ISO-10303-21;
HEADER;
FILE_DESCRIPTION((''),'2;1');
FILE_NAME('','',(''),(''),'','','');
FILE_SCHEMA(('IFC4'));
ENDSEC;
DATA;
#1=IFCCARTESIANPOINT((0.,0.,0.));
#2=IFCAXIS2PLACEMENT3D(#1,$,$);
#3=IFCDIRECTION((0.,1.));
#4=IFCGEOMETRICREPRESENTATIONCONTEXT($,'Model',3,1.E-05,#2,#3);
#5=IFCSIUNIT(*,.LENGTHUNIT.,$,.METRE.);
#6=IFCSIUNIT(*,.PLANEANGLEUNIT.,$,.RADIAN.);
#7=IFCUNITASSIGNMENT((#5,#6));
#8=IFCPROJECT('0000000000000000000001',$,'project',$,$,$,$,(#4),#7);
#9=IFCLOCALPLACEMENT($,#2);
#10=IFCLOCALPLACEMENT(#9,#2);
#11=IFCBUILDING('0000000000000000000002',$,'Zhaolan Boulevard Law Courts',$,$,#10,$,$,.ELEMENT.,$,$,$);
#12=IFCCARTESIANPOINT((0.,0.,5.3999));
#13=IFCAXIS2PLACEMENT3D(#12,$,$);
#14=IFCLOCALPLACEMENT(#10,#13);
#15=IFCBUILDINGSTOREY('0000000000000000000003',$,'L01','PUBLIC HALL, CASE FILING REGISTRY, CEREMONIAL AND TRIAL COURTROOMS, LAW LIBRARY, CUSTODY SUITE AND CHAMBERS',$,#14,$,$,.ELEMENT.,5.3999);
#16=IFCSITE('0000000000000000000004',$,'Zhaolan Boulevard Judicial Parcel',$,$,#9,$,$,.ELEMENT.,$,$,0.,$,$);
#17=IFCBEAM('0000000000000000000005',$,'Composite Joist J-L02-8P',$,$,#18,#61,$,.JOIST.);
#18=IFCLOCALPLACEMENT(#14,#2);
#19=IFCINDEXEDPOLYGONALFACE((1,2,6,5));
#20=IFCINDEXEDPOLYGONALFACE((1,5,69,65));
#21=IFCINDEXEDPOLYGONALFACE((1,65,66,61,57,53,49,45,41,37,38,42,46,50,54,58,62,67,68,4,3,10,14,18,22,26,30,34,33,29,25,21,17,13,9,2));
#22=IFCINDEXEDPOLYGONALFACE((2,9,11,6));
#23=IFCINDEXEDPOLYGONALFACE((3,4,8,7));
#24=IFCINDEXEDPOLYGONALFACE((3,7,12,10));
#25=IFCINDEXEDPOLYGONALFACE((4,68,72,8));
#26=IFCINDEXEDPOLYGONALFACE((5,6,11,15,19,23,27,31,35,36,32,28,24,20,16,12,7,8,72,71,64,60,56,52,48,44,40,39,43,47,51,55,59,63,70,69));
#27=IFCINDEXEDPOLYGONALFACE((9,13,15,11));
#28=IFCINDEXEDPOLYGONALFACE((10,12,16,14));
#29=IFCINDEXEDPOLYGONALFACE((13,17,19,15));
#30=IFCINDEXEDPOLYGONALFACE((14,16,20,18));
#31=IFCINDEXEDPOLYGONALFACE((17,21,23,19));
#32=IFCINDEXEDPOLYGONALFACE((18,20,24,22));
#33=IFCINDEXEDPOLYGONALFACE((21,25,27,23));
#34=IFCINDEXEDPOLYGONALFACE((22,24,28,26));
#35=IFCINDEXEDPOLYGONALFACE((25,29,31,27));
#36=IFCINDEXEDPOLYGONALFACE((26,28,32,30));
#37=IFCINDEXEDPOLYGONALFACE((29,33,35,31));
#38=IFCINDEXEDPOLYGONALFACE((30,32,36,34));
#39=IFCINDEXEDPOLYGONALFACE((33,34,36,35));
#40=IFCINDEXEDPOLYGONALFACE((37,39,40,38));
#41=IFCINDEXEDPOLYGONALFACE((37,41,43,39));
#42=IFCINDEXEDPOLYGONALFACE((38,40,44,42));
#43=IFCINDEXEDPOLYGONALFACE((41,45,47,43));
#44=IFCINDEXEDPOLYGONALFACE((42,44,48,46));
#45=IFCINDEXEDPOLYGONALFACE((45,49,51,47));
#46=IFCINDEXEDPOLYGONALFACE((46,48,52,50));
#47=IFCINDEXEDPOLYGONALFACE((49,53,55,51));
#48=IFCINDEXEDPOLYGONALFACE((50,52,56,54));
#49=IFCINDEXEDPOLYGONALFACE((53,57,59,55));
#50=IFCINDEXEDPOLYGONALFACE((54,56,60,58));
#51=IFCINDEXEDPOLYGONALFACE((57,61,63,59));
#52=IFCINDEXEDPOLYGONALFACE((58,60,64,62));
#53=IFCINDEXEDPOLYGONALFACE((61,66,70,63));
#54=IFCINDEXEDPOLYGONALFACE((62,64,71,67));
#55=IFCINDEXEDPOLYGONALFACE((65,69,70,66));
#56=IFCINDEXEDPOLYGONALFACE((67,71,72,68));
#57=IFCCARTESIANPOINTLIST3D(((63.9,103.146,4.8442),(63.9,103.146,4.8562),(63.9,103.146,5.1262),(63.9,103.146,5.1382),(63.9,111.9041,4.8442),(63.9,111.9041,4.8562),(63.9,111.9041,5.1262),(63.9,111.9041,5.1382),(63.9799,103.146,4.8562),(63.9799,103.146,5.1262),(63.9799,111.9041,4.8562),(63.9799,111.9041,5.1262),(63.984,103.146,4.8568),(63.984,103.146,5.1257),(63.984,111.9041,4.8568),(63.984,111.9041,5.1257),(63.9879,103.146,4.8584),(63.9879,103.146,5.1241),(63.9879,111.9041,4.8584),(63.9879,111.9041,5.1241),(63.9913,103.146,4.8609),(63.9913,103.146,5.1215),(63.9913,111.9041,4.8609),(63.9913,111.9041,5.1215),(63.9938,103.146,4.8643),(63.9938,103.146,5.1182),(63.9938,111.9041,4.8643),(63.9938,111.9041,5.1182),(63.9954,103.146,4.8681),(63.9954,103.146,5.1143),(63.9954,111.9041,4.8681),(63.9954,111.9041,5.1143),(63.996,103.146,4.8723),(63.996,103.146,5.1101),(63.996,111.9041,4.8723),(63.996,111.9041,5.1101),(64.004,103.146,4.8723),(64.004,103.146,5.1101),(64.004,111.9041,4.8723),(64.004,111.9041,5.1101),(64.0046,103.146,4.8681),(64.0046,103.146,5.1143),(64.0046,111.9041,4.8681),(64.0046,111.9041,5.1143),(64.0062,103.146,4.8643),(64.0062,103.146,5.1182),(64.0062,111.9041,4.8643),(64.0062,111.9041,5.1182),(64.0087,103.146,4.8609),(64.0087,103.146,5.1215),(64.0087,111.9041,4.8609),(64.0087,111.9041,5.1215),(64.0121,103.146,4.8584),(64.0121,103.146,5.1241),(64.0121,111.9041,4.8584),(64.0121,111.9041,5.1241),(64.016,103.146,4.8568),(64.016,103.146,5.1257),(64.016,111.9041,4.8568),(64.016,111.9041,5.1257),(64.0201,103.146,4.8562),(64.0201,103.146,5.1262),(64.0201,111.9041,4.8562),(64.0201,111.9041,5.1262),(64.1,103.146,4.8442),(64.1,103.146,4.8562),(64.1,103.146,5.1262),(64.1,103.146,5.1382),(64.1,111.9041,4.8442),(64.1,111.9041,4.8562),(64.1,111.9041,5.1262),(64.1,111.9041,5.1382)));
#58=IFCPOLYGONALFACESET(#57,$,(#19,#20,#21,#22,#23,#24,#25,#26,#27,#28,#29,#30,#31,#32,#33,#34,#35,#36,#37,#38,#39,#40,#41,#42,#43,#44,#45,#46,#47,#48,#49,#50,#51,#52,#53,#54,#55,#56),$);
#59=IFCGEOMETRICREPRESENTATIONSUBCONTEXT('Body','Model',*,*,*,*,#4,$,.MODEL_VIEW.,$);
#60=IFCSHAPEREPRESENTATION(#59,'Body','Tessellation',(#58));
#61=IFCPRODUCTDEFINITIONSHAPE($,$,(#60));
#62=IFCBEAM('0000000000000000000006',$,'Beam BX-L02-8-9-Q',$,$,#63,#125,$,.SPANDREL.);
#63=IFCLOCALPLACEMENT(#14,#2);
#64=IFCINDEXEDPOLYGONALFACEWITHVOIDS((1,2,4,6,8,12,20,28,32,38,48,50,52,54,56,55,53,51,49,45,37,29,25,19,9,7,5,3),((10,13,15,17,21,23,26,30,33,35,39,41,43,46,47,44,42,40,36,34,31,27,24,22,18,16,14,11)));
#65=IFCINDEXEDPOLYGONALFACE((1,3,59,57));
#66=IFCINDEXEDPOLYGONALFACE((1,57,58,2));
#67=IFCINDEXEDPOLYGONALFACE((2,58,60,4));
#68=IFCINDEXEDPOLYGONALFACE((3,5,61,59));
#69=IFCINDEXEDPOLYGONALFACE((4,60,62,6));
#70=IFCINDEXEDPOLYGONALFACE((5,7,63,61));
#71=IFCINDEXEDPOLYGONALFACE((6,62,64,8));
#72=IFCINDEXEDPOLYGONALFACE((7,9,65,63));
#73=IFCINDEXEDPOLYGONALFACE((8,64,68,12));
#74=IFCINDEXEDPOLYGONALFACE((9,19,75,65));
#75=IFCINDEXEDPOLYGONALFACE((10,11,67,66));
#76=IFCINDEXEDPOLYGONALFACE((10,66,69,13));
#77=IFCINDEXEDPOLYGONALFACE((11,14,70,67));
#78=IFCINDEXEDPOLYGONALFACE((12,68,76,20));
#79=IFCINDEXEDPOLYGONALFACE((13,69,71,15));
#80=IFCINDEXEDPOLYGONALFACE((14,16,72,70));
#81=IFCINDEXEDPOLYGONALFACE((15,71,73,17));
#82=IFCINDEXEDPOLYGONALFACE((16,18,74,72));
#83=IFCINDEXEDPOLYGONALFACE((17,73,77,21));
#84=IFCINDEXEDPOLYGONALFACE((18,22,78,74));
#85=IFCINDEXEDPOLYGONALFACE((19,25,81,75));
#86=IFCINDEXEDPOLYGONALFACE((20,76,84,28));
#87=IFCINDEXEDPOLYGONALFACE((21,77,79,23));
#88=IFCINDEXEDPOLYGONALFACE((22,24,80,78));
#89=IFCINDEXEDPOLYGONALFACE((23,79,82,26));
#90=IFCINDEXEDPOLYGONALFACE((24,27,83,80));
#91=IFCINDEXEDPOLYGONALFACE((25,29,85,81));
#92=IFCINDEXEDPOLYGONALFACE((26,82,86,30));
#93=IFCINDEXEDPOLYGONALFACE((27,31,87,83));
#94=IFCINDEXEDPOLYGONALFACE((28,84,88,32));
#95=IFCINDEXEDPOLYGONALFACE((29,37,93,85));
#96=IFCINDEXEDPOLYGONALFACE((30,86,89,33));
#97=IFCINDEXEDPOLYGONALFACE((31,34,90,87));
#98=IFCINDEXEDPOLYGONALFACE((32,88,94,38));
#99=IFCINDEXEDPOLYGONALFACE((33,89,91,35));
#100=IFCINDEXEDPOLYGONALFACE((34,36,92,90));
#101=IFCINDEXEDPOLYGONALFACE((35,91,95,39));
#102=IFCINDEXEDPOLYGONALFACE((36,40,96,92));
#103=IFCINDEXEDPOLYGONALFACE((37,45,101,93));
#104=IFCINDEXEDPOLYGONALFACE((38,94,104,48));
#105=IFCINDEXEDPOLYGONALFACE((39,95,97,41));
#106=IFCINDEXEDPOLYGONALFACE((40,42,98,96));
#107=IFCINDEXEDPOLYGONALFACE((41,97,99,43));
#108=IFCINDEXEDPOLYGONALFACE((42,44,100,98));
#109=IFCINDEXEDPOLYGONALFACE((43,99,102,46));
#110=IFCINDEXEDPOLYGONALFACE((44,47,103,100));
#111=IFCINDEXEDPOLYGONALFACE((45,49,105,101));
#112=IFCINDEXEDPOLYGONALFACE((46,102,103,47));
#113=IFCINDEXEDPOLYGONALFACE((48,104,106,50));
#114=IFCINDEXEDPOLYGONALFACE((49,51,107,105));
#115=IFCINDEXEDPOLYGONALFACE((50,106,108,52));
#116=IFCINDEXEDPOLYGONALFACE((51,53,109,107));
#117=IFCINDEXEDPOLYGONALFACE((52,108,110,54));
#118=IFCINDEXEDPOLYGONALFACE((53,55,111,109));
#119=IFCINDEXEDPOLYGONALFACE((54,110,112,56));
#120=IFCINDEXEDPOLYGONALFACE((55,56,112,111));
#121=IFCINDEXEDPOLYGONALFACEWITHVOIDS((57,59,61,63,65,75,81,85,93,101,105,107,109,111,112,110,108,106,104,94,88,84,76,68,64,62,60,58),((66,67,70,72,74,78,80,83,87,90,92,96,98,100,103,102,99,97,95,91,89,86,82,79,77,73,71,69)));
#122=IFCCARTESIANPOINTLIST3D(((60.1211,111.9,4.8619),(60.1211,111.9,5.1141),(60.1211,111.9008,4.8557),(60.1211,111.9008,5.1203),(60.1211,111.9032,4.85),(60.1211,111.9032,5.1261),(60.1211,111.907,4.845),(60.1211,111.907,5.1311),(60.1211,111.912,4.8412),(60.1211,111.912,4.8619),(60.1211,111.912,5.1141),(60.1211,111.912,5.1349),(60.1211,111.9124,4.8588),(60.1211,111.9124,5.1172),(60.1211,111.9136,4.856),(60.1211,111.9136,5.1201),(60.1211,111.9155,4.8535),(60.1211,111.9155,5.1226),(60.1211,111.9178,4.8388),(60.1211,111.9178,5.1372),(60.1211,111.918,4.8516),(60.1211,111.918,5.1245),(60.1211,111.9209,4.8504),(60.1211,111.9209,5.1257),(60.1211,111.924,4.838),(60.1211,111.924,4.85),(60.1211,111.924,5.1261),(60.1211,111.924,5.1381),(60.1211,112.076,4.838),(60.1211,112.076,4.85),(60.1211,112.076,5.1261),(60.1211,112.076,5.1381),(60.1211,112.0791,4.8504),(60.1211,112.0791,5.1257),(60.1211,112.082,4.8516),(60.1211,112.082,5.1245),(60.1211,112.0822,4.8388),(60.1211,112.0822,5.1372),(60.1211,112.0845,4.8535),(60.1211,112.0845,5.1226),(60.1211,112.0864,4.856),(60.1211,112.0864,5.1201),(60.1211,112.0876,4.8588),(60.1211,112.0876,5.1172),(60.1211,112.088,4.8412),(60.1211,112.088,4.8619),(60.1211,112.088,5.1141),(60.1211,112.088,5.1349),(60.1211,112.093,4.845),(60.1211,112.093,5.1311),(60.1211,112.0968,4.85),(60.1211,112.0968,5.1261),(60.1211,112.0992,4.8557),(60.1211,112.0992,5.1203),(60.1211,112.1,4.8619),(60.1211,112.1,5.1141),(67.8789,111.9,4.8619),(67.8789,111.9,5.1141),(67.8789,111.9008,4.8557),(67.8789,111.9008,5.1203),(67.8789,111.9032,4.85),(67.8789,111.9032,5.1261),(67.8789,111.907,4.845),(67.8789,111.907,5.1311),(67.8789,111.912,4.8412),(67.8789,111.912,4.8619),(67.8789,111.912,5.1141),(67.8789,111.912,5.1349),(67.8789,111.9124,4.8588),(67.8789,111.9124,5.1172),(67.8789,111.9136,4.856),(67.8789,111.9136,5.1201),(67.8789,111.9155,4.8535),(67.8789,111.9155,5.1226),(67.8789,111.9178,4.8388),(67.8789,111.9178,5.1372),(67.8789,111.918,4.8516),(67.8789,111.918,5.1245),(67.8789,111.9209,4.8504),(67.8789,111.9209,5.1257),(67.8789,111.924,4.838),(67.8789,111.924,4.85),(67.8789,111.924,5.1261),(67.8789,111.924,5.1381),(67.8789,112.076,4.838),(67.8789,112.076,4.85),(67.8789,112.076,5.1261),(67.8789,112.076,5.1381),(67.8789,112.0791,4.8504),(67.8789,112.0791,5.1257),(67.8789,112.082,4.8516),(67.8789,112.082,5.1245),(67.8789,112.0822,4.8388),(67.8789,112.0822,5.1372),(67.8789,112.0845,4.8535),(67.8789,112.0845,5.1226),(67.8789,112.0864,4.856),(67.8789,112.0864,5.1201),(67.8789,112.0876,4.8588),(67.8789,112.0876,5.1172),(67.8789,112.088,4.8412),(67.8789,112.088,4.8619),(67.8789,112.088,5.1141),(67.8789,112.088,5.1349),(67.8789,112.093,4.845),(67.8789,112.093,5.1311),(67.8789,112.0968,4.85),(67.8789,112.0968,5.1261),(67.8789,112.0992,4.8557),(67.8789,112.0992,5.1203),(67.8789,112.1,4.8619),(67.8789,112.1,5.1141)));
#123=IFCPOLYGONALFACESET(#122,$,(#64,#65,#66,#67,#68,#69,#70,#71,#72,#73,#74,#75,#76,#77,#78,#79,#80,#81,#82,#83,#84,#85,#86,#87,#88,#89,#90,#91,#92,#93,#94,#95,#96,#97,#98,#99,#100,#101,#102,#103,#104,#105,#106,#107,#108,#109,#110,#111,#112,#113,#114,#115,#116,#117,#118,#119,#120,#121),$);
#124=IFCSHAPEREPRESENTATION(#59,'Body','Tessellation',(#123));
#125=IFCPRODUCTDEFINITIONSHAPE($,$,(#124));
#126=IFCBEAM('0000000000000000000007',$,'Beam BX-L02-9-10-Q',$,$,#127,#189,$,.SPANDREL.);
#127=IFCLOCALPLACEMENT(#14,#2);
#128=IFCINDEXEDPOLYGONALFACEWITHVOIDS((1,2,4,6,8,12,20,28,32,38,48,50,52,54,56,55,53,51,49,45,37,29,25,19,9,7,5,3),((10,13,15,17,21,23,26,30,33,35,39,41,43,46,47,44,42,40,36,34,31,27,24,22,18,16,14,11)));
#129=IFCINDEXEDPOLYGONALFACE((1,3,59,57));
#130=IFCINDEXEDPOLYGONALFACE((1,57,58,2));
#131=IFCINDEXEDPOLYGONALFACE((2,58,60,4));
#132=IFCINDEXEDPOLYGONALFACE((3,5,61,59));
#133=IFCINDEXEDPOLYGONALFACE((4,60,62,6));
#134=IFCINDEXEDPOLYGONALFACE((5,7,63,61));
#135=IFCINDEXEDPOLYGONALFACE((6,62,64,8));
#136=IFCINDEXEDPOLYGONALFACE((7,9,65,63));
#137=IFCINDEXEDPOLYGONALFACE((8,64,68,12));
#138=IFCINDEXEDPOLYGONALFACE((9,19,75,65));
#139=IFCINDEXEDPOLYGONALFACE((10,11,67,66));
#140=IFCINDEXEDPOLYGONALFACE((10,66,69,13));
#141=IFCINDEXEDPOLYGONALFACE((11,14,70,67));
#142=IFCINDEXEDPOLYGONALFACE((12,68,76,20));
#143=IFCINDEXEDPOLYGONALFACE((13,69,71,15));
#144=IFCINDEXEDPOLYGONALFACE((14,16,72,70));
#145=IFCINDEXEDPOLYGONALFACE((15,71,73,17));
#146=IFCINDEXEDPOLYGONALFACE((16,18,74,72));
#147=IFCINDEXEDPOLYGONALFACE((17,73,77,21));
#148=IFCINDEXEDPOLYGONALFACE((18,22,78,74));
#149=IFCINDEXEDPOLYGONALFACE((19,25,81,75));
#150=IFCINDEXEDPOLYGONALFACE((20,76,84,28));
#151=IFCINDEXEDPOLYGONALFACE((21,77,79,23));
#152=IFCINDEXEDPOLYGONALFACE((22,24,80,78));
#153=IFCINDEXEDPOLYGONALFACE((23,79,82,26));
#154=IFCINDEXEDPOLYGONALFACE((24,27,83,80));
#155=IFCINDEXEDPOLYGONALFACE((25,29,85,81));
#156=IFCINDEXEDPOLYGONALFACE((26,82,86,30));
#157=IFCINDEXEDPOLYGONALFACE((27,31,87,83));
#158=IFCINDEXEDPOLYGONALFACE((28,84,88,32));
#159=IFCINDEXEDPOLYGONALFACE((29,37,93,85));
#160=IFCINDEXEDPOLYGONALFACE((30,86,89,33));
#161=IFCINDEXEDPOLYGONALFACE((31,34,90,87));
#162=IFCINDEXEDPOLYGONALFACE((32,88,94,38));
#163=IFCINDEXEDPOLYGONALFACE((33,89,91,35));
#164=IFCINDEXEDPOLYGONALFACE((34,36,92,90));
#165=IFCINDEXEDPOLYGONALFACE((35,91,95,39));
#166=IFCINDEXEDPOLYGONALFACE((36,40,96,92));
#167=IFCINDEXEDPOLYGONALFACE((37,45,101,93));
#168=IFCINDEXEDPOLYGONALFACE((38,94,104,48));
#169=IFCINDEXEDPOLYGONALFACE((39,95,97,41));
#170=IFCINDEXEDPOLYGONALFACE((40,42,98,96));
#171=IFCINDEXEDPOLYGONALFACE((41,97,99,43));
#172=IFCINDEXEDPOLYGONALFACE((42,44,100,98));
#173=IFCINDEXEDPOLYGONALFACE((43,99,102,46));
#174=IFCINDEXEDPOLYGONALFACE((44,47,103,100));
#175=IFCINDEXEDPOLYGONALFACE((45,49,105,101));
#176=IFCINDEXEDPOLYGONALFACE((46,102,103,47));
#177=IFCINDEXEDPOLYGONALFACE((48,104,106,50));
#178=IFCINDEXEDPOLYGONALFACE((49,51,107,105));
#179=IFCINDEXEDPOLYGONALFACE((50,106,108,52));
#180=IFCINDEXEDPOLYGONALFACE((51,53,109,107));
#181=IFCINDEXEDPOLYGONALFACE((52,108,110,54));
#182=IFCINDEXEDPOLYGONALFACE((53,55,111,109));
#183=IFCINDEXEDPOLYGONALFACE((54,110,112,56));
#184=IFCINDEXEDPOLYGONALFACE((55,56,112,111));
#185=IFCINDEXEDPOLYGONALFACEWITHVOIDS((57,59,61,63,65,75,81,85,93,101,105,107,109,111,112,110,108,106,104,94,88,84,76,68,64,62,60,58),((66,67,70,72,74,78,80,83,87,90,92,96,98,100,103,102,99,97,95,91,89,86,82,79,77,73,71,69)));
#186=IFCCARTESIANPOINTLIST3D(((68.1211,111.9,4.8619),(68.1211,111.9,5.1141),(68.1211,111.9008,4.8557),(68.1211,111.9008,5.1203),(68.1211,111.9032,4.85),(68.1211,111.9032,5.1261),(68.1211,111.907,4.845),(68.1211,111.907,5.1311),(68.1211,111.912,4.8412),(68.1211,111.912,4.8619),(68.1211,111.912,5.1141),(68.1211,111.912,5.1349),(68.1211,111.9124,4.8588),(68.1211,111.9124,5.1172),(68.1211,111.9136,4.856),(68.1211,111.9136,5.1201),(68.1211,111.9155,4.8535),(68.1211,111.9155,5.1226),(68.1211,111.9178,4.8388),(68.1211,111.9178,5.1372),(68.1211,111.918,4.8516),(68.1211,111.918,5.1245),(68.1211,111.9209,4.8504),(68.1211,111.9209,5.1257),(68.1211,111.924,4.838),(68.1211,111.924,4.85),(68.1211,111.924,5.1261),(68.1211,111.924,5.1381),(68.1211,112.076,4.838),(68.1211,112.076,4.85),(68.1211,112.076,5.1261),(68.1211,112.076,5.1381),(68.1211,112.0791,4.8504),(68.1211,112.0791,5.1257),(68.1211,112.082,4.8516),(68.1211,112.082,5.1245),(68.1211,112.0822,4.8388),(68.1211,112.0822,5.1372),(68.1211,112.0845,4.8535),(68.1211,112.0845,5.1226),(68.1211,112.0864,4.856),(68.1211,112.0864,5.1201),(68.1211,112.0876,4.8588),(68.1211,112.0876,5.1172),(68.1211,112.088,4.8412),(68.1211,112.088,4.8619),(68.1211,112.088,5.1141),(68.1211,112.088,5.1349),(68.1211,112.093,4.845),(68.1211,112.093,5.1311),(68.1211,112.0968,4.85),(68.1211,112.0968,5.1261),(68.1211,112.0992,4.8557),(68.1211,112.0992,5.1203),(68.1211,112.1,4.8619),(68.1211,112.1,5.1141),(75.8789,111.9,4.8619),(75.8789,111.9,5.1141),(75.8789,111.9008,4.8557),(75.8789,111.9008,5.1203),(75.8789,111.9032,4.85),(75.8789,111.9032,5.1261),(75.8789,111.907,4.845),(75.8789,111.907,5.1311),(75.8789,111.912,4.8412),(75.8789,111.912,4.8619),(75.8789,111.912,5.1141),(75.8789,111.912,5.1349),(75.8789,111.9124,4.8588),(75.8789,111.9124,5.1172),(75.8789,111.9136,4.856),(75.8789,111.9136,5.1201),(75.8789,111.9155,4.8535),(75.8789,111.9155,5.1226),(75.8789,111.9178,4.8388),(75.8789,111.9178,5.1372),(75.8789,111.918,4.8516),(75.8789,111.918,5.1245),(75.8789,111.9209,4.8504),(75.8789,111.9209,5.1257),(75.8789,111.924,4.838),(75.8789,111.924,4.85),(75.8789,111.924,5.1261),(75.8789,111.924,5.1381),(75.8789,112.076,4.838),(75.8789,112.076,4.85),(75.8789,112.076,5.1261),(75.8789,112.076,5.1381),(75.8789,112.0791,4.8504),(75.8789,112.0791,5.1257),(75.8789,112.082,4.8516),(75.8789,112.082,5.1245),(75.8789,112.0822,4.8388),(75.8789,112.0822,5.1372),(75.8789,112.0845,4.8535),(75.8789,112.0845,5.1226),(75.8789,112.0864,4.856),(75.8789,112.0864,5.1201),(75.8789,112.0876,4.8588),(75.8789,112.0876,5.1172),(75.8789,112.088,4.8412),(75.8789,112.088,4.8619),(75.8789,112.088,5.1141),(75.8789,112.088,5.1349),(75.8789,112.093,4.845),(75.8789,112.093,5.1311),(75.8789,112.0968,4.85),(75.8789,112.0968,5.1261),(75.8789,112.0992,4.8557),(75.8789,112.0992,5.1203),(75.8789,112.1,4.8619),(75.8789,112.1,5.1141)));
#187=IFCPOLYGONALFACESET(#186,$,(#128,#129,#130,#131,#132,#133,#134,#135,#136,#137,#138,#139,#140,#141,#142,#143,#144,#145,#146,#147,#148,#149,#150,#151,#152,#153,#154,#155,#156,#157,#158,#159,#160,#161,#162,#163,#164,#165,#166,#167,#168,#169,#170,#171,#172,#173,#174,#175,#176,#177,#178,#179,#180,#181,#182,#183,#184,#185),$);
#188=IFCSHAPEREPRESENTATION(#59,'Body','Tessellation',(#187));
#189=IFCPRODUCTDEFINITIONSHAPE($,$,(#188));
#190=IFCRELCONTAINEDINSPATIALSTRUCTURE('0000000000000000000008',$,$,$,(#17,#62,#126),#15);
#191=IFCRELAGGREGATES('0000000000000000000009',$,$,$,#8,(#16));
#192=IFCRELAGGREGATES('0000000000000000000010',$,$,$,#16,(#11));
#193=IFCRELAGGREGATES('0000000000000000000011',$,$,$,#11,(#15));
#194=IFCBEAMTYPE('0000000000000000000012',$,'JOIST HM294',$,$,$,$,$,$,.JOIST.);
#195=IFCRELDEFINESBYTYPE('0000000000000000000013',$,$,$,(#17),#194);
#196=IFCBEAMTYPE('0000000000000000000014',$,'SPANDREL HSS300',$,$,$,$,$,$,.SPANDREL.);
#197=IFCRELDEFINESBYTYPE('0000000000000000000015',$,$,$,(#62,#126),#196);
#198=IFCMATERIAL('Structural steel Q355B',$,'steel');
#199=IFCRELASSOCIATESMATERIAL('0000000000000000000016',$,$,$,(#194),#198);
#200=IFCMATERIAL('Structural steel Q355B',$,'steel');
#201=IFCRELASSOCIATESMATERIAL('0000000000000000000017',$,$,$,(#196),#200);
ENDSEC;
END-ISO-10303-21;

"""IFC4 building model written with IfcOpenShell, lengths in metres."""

from ifc_helpers import new_model, si_unit, direction, frame, origin, origin_2d, place, context, subcontext, project, spatial, hollow_rectangle, i_section, extrude, material, material_profile, profile_set, type_object, element, save


model = new_model("IFC4")

# Units and contexts
model_context = context("Model", 3, precision=1e-05, world=origin(), true_north=direction((0.0, 1.0)))
body_context = subcontext(model_context, "Body", "Model", "MODEL_VIEW")
ifc_project = project(units=[si_unit("LENGTHUNIT", "METRE"), si_unit("PLANEANGLEUNIT", "RADIAN")], contexts=[model_context])

# Site, building, storey
site_placement = place(None, origin())
site = spatial("IfcSite", under=ifc_project, at=site_placement, Name="Zhaolan Boulevard Judicial Parcel", CompositionType="ELEMENT", RefElevation=0.0)
building_placement = place(site_placement, origin())
building = spatial("IfcBuilding", under=site, at=building_placement, Name="Zhaolan Boulevard Law Courts", CompositionType="ELEMENT")
storey_placement = place(building_placement, frame((0.0, 0.0, 5.3999)))
storey = spatial("IfcBuildingStorey", under=building, at=storey_placement, Name="L01", Description="PUBLIC HALL, CASE FILING REGISTRY, CEREMONIAL AND TRIAL COURTROOMS, LAW LIBRARY, CUSTODY SUITE AND CHAMBERS", CompositionType="ELEMENT", Elevation=5.3999)

# Beams
ifc_material_1 = material(Name="Structural steel Q355B", Category="steel")
ifc_material_profile_1 = material_profile(ifc_material_1, i_section(OverallWidth=0.2, OverallDepth=0.2939, WebThickness=0.0081, FlangeThickness=0.012, FilletRadius=0.0161, at=origin_2d()), Name="HM294x200")
ifc_profile_set_1 = profile_set([ifc_material_profile_1], Name="Structural steel Q355B")
beam_type_1 = type_object("IfcBeamType", Name="JOIST HM294", PredefinedType="JOIST", material=ifc_profile_set_1)
beam_1_placement = place(storey_placement, frame((64.0, 103.146, 4.9912), z_axis=(0.0, 1.0, 0.0), x_axis=(-1.0, 0.0, 0.0)))
element("IfcBeam", 1, at=beam_1_placement, inside=storey, type_object=beam_type_1, Name="Composite Joist J-L02-8P", PredefinedType="JOIST", context=body_context, shape_type="SweptSolid", body=[
    extrude(i_section(OverallWidth=0.2, OverallDepth=0.2939, WebThickness=0.0081, FlangeThickness=0.012, FilletRadius=0.0161, at=origin_2d()), origin(), (0.0, 0.0, 1.0), 8.7581),
])
ifc_material_2 = material(Name="Structural steel Q355B", Category="steel")
ifc_material_profile_2 = material_profile(ifc_material_2, hollow_rectangle(XDim=0.2, YDim=0.3, WallThickness=0.012, InnerFilletRadius=0.012, OuterFilletRadius=0.0239, at=origin_2d()), Name="HSS300x200x12")
ifc_profile_set_2 = profile_set([ifc_material_profile_2], Name="Structural steel Q355B")
beam_type_2 = type_object("IfcBeamType", Name="SPANDREL HSS300", PredefinedType="SPANDREL", material=ifc_profile_set_2)
for number, where, z_axis, x_axis, name in (
    (2, (60.1211, 112.0, 4.988), (1.0, 0.0, 0.0), (0.0, 1.0, 0.0), "Beam BX-L02-8-9-Q"),
    (3, (68.1211, 112.0, 4.988), (1.0, 0.0, 0.0), (0.0, 1.0, 0.0), "Beam BX-L02-9-10-Q"),
):
    element("IfcBeam", number, at=place(storey_placement, frame(where, z_axis=z_axis, x_axis=x_axis)), inside=storey, type_object=beam_type_2, Name=name, PredefinedType="SPANDREL", context=body_context, shape_type="SweptSolid", body=[
        extrude(hollow_rectangle(XDim=0.2, YDim=0.3, WallThickness=0.012, InnerFilletRadius=0.012, OuterFilletRadius=0.0239, at=origin_2d()), origin(), (0.0, 0.0, 1.0), 7.7578),
    ])

save(model, "model.ifc")
